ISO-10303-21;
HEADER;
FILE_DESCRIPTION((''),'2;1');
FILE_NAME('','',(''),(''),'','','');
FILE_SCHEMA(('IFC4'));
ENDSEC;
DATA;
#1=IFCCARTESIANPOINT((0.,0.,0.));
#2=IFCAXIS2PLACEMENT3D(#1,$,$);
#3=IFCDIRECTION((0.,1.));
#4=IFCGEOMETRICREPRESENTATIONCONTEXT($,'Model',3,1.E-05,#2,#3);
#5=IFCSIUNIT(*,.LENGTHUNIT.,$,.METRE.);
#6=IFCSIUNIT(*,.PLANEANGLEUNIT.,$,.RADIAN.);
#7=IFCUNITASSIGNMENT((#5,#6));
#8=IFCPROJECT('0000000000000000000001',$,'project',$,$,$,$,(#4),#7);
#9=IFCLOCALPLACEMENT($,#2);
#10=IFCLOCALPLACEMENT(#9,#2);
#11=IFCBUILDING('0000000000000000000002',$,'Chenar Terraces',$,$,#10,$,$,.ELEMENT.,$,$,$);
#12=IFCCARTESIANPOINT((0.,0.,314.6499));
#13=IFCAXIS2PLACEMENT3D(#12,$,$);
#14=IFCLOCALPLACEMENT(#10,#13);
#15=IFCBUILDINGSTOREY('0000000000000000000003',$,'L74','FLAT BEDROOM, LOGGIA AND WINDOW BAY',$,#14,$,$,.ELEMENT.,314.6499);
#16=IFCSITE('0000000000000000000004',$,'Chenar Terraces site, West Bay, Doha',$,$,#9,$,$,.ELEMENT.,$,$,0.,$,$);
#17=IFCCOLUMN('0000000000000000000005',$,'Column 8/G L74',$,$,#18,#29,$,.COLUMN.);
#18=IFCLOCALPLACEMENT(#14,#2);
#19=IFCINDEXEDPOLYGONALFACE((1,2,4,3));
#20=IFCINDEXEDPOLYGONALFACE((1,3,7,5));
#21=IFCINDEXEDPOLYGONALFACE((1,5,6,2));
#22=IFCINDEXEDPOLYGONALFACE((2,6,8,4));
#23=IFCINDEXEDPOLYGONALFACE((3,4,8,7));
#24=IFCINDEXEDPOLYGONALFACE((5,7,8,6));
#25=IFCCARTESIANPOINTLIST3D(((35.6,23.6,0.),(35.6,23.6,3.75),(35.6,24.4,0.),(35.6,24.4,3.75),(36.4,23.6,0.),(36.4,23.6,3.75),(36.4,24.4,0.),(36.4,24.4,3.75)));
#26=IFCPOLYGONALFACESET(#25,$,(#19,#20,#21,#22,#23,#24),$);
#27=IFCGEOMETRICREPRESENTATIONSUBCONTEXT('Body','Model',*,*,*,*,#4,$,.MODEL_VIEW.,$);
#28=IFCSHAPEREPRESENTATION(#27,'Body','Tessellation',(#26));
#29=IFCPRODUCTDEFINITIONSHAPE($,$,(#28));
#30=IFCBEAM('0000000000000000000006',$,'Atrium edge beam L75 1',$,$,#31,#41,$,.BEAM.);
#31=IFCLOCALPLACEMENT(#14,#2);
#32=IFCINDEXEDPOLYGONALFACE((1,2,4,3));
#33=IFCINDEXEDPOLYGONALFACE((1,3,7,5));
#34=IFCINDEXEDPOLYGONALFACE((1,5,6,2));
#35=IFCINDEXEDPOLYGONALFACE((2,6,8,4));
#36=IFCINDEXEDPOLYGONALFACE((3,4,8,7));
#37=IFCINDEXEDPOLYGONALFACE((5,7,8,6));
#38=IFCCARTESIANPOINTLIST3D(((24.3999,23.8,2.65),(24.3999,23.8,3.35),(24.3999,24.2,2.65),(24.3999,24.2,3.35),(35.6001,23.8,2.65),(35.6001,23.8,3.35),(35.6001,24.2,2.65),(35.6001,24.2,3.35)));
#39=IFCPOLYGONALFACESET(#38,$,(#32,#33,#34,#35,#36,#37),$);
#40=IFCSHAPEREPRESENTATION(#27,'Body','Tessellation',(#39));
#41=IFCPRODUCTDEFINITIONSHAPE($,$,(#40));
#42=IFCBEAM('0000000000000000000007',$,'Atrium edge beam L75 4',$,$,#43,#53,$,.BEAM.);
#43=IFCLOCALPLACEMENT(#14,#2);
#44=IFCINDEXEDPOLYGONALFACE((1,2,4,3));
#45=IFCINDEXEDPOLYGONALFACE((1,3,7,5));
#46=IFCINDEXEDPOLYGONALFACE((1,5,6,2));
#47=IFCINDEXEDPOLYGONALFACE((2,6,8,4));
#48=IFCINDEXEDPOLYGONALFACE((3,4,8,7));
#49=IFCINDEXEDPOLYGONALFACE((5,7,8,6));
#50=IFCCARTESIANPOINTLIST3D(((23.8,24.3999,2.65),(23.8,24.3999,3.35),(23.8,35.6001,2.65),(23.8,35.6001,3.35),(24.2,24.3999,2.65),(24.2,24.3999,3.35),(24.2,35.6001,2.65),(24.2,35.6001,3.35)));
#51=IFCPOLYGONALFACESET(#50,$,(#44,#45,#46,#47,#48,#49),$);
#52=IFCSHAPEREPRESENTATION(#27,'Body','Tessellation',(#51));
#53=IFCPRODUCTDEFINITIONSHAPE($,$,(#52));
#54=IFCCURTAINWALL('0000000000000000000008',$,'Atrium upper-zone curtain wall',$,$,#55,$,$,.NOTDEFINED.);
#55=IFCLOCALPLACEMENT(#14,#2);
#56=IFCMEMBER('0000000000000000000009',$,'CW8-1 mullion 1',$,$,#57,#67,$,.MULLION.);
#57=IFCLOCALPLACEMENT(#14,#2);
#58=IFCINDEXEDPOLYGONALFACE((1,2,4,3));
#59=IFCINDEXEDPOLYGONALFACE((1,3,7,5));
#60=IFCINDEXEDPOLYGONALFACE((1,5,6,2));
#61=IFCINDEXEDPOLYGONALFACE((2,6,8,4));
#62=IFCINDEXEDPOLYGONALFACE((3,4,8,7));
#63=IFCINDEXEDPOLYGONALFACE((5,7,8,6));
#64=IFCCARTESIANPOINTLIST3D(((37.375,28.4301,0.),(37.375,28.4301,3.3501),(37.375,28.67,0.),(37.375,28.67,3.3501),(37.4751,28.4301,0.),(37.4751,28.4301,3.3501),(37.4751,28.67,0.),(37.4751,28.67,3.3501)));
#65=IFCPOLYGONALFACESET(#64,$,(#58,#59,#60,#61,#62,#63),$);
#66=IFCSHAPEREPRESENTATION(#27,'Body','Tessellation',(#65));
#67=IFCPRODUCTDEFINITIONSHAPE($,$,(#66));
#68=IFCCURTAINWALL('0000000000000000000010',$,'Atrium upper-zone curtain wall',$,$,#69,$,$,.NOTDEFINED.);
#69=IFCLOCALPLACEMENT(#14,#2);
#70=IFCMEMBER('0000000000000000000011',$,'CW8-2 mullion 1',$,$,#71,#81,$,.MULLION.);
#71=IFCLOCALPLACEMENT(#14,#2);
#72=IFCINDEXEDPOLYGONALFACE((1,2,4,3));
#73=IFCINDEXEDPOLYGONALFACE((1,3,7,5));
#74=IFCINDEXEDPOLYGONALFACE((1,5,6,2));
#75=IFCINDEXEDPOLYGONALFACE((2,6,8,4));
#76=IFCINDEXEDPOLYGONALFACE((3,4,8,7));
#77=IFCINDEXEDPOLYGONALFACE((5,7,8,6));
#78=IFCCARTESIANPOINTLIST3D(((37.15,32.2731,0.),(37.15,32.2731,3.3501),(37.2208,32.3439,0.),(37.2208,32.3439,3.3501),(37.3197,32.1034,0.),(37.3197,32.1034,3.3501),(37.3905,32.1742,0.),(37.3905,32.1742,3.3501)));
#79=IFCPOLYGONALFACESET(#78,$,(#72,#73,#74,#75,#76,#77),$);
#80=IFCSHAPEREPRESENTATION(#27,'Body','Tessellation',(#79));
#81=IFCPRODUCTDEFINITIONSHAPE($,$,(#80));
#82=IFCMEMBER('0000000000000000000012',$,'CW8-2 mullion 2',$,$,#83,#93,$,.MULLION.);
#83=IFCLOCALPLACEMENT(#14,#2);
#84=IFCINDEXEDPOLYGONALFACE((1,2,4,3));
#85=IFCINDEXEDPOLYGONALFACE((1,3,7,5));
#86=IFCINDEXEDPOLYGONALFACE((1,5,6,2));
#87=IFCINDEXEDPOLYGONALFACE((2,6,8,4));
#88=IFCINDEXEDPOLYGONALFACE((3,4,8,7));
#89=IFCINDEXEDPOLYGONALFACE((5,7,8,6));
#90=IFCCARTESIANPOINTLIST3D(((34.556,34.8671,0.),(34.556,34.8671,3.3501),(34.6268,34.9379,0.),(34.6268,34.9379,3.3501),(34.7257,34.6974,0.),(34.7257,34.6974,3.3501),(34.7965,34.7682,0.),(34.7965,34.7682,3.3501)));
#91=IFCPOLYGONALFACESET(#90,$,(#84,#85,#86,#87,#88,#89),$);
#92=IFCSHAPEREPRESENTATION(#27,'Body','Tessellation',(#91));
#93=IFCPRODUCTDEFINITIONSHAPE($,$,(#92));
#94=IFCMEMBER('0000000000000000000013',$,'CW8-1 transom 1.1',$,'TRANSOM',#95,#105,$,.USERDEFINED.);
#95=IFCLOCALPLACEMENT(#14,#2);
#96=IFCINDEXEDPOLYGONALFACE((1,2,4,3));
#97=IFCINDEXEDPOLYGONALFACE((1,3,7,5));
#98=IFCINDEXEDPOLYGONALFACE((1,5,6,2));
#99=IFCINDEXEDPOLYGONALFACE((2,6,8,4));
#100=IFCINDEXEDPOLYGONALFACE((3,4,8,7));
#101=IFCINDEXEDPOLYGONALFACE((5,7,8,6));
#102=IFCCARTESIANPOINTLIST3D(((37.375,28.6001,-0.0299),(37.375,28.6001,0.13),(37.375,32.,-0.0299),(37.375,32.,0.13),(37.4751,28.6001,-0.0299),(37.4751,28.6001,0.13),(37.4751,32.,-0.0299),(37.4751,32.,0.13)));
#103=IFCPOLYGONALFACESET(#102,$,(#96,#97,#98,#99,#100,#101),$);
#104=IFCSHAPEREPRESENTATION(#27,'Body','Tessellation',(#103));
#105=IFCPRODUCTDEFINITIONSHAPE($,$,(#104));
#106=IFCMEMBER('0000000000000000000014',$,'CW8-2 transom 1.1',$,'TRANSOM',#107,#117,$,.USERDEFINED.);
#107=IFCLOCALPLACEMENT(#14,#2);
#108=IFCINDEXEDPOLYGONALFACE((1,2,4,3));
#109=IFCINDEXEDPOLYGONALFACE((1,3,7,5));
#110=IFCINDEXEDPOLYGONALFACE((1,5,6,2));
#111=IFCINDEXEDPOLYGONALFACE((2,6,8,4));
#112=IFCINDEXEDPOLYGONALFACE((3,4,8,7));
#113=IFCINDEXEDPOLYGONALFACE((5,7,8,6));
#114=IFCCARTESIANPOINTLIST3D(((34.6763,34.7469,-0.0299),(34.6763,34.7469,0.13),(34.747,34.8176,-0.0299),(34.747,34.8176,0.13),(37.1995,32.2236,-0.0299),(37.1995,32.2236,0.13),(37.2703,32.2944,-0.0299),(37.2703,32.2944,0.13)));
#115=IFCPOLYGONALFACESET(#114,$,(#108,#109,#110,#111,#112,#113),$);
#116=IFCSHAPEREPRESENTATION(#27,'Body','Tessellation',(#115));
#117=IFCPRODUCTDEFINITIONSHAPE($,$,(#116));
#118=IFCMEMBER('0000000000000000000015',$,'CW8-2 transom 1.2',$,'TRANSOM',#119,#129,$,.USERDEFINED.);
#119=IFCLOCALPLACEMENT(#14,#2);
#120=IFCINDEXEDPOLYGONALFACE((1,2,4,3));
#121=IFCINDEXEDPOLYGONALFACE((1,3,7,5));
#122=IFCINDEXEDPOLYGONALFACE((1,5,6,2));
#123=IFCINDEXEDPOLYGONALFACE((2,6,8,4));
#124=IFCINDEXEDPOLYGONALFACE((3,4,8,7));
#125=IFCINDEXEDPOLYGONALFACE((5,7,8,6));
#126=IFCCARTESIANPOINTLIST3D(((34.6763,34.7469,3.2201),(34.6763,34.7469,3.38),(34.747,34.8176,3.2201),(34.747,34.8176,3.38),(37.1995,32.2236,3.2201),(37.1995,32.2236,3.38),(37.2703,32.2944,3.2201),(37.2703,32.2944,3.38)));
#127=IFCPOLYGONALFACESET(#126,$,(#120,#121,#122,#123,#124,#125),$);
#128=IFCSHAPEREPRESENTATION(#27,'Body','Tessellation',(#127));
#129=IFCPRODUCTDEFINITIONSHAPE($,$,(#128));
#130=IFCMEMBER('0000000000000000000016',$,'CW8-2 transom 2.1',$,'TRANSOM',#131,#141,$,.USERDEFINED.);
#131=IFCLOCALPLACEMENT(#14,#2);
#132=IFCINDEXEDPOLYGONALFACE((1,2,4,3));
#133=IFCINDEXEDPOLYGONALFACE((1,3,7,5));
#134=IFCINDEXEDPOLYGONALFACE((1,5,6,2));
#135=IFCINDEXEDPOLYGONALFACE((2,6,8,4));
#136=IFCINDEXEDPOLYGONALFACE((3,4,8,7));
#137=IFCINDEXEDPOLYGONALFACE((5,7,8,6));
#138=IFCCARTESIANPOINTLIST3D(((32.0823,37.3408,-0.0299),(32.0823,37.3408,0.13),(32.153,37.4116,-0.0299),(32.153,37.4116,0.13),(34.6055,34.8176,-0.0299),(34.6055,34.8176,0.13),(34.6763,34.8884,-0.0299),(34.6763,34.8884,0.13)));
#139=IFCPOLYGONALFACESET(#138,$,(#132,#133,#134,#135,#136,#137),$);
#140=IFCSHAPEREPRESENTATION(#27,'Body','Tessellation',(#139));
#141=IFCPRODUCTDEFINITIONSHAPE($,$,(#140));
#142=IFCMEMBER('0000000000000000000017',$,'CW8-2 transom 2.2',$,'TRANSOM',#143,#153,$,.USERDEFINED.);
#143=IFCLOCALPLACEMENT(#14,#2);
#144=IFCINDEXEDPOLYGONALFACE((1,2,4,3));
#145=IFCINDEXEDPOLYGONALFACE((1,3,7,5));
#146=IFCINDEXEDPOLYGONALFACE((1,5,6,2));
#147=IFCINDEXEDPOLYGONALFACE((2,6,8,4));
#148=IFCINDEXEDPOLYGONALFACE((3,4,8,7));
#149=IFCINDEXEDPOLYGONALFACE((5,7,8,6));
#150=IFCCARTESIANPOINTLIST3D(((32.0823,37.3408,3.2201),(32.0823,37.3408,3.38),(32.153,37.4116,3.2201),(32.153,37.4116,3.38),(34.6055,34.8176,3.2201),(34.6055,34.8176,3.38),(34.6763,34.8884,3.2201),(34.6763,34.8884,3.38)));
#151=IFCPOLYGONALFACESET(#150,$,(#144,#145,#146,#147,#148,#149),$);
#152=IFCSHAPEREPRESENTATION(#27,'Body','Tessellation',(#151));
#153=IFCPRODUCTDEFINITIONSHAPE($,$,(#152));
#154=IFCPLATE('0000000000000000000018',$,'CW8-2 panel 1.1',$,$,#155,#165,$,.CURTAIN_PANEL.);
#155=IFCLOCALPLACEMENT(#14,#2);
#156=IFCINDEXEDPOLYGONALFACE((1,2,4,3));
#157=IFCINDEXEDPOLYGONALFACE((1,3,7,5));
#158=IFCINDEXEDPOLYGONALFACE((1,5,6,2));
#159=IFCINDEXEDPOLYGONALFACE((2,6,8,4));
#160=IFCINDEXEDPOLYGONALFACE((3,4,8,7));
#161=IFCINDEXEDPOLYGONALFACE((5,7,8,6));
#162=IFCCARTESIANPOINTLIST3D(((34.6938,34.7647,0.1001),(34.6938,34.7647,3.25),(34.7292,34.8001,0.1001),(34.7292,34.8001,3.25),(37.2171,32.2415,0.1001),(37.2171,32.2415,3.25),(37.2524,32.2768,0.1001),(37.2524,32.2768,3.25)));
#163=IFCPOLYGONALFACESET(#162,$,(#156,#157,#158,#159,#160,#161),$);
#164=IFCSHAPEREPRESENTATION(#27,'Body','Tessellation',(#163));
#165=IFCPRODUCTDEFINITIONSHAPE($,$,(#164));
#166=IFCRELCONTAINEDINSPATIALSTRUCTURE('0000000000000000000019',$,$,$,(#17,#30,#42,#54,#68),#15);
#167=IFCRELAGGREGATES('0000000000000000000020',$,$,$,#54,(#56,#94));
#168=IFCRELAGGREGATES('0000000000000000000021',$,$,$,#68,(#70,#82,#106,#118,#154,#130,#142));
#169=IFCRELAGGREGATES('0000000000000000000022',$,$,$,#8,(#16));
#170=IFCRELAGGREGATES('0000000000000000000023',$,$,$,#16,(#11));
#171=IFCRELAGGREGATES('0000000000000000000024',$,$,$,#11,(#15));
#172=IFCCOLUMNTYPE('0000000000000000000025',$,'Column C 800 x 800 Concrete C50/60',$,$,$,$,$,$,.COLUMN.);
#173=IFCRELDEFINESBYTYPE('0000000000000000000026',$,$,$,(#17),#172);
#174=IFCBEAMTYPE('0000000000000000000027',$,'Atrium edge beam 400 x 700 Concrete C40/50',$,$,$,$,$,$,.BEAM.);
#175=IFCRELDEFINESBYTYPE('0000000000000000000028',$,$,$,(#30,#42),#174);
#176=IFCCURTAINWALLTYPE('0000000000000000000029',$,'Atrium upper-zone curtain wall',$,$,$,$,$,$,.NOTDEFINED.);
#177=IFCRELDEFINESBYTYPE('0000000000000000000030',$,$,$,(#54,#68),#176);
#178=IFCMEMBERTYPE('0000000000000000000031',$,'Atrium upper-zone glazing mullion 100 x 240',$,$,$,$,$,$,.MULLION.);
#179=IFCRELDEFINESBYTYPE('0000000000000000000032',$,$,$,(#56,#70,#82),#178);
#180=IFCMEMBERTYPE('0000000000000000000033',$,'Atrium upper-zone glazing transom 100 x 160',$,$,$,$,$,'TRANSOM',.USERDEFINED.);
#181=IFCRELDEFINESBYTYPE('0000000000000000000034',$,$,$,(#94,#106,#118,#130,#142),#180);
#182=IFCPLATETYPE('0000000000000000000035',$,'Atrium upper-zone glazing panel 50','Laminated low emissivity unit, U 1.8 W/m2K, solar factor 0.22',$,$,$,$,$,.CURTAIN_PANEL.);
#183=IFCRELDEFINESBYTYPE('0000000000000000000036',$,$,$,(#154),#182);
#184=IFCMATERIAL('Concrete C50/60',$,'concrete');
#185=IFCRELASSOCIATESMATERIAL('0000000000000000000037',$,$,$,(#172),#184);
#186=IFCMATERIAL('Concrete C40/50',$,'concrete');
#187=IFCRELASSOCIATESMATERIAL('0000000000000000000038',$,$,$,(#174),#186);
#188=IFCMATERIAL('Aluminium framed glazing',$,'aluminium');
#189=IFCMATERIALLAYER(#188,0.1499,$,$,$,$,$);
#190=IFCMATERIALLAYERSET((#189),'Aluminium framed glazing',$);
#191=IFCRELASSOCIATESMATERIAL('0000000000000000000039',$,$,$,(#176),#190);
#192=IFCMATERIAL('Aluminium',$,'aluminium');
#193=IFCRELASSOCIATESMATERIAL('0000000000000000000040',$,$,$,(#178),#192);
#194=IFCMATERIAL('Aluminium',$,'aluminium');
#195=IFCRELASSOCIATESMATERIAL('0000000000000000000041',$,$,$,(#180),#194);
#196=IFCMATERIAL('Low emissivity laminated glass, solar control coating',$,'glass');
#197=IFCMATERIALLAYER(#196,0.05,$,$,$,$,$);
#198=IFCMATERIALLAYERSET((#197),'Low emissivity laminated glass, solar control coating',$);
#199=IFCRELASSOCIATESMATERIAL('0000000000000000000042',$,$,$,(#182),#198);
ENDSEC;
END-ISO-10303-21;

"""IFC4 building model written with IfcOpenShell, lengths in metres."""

from ifc_helpers import new_model, si_unit, direction, frame, origin, origin_2d, place, context, subcontext, project, spatial, rectangle, extrude, material, layer, layer_set, material_profile, profile_set, type_object, element, aggregate, save


model = new_model("IFC4")

# Units and contexts
model_context = context("Model", 3, precision=1e-05, world=origin(), true_north=direction((0.0, 1.0)))
body_context = subcontext(model_context, "Body", "Model", "MODEL_VIEW")
ifc_project = project(units=[si_unit("LENGTHUNIT", "METRE"), si_unit("PLANEANGLEUNIT", "RADIAN")], contexts=[model_context])

# Site, building, storey
site_placement = place(None, origin())
site = spatial("IfcSite", under=ifc_project, at=site_placement, Name="Chenar Terraces site, West Bay, Doha", CompositionType="ELEMENT", RefElevation=0.0)
building_placement = place(site_placement, origin())
building = spatial("IfcBuilding", under=site, at=building_placement, Name="Chenar Terraces", CompositionType="ELEMENT")
storey_placement = place(building_placement, frame((0.0, 0.0, 314.6499)))
storey = spatial("IfcBuildingStorey", under=building, at=storey_placement, Name="L74", Description="FLAT BEDROOM, LOGGIA AND WINDOW BAY", CompositionType="ELEMENT", Elevation=314.6499)

# Column
ifc_material_1 = material(Name="Concrete C50/60", Category="concrete")
ifc_material_profile_1 = material_profile(ifc_material_1, rectangle(XDim=0.8, YDim=0.8, at=origin_2d()), Name="C 800 x 800")
ifc_profile_set_1 = profile_set([ifc_material_profile_1], Name="Concrete C50/60")
column_type = type_object("IfcColumnType", Name="Column C 800 x 800 Concrete C50/60", PredefinedType="COLUMN", material=ifc_profile_set_1)
column_placement = place(storey_placement, frame((36.0, 24.0, 0.0), z_axis=(0.0, 0.0, 1.0), x_axis=(1.0, 0.0, 0.0)))
element("IfcColumn", 1, at=column_placement, inside=storey, type_object=column_type, Name="Column 8/G L74", PredefinedType="COLUMN", context=body_context, shape_type="SweptSolid", body=[
    extrude(rectangle(XDim=0.8, YDim=0.8, at=origin_2d()), origin(), (0.0, 0.0, 1.0), 3.75),
])

# Beams
ifc_material_2 = material(Name="Concrete C40/50", Category="concrete")
ifc_material_profile_2 = material_profile(ifc_material_2, rectangle(XDim=0.3999, YDim=0.7, at=origin_2d()), Name="RC 400 x 700")
ifc_profile_set_2 = profile_set([ifc_material_profile_2], Name="Concrete C40/50")
beam_type = type_object("IfcBeamType", Name="Atrium edge beam 400 x 700 Concrete C40/50", PredefinedType="BEAM", material=ifc_profile_set_2)
for number, where, z_axis, x_axis, name in (
    (2, (24.3999, 24.0, 3.0), (1.0, 0.0, 0.0), (0.0, 1.0, 0.0), "Atrium edge beam L75 1"),
    (3, (24.0, 35.6001, 3.0), (0.0, -1.0, 0.0), (1.0, 0.0, 0.0), "Atrium edge beam L75 4"),
):
    element("IfcBeam", number, at=place(storey_placement, frame(where, z_axis=z_axis, x_axis=x_axis)), inside=storey, type_object=beam_type, Name=name, PredefinedType="BEAM", context=body_context, shape_type="SweptSolid", body=[
        extrude(rectangle(XDim=0.3999, YDim=0.7, at=origin_2d()), origin(), (0.0, 0.0, 1.0), 11.2002),
    ])

# Curtain wall, member
ifc_material_3 = material(Name="Aluminium framed glazing", Category="aluminium")
ifc_layer_1 = layer(ifc_material_3, 0.1499)
ifc_layer_set_1 = layer_set([ifc_layer_1], Name="Aluminium framed glazing")
curtain_wall_type = type_object("IfcCurtainWallType", Name="Atrium upper-zone curtain wall", PredefinedType="NOTDEFINED", material=ifc_layer_set_1)
placement = place(storey_placement, origin())
curtain_wall_1 = element("IfcCurtainWall", 4, at=placement, inside=storey, type_object=curtain_wall_type, Name="Atrium upper-zone curtain wall", PredefinedType="NOTDEFINED")
ifc_material_4 = material(Name="Aluminium", Category="aluminium")
ifc_material_profile_3 = material_profile(ifc_material_4, rectangle(XDim=0.1001, YDim=0.24, at=origin_2d()), Name="Atrium upper-zone glazing mullion 100 x 240")
ifc_profile_set_3 = profile_set([ifc_material_profile_3], Name="Aluminium")
member_type_1 = type_object("IfcMemberType", Name="Atrium upper-zone glazing mullion 100 x 240", PredefinedType="MULLION", material=ifc_profile_set_3)
member_1_placement = place(storey_placement, frame((37.425, 28.55, 0.0), z_axis=(0.0, 0.0, 1.0), x_axis=(-1.0, 0.0, 0.0)))
member_1 = element("IfcMember", 5, at=member_1_placement, type_object=member_type_1, Name="CW8-1 mullion 1", PredefinedType="MULLION", context=body_context, shape_type="SweptSolid", body=[
    extrude(rectangle(XDim=0.1001, YDim=0.24, at=origin_2d()), origin(), (0.0, 0.0, 1.0), 3.3501),
])

# Curtain wall, members
curtain_wall_2 = element("IfcCurtainWall", 6, at=placement, inside=storey, type_object=curtain_wall_type, Name="Atrium upper-zone curtain wall", PredefinedType="NOTDEFINED")
member_2_placement = place(storey_placement, frame((37.2703, 32.2236, 0.0), z_axis=(0.0, 0.0, 1.0), x_axis=(-0.707107, -0.707107, 0.0)))
member_2 = element("IfcMember", 7, at=member_2_placement, type_object=member_type_1, Name="CW8-2 mullion 1", PredefinedType="MULLION", context=body_context, shape_type="SweptSolid", body=[
    extrude(rectangle(XDim=0.1001, YDim=0.24, at=origin_2d()), origin(), (0.0, 0.0, 1.0), 3.3501),
])
member_3_placement = place(storey_placement, frame((34.6763, 34.8176, 0.0), z_axis=(0.0, 0.0, 1.0), x_axis=(-0.707107, -0.707107, 0.0)))
member_3 = element("IfcMember", 8, at=member_3_placement, type_object=member_type_1, Name="CW8-2 mullion 2", PredefinedType="MULLION", context=body_context, shape_type="SweptSolid", body=[
    extrude(rectangle(XDim=0.1001, YDim=0.24, at=origin_2d()), origin(), (0.0, 0.0, 1.0), 3.3501),
])

# Members
ifc_material_5 = material(Name="Aluminium", Category="aluminium")
ifc_material_profile_4 = material_profile(ifc_material_5, rectangle(XDim=0.1001, YDim=0.1599, at=origin_2d()), Name="Atrium upper-zone glazing transom 100 x 160")
ifc_profile_set_4 = profile_set([ifc_material_profile_4], Name="Aluminium")
member_type_2 = type_object("IfcMemberType", Name="Atrium upper-zone glazing transom 100 x 160", ElementType="TRANSOM", PredefinedType="USERDEFINED", material=ifc_profile_set_4)
member_4_placement = place(storey_placement, frame((37.425, 28.6001, 0.05), z_axis=(0.0, 1.0, 0.0), x_axis=(-1.0, 0.0, 0.0)))
member_4 = element("IfcMember", 9, at=member_4_placement, type_object=member_type_2, Name="CW8-1 transom 1.1", ObjectType="TRANSOM", PredefinedType="USERDEFINED", context=body_context, shape_type="SweptSolid", body=[
    extrude(rectangle(XDim=0.1001, YDim=0.1599, at=origin_2d()), origin(), (0.0, 0.0, 1.0), 3.3999),
])
aggregate(curtain_wall_1, [member_1, member_4])
member_5_placement = place(storey_placement, frame((37.2349, 32.259, 0.05), z_axis=(-0.707107, 0.707107, 0.0), x_axis=(-0.707107, -0.707107, 0.0)))
member_5 = element("IfcMember", 10, at=member_5_placement, type_object=member_type_2, Name="CW8-2 transom 1.1", ObjectType="TRANSOM", PredefinedType="USERDEFINED", context=body_context, shape_type="SweptSolid", body=[
    extrude(rectangle(XDim=0.1001, YDim=0.1599, at=origin_2d()), origin(), (0.0, 0.0, 1.0), 3.5684),
])
member_6_placement = place(storey_placement, frame((37.2349, 32.259, 3.3), z_axis=(-0.707107, 0.707107, 0.0), x_axis=(-0.707107, -0.707107, 0.0)))
member_6 = element("IfcMember", 11, at=member_6_placement, type_object=member_type_2, Name="CW8-2 transom 1.2", ObjectType="TRANSOM", PredefinedType="USERDEFINED", context=body_context, shape_type="SweptSolid", body=[
    extrude(rectangle(XDim=0.1001, YDim=0.1599, at=origin_2d()), origin(), (0.0, 0.0, 1.0), 3.5684),
])
member_7_placement = place(storey_placement, frame((34.6409, 34.853, 0.05), z_axis=(-0.707107, 0.707107, 0.0), x_axis=(-0.707107, -0.707107, 0.0)))
member_7 = element("IfcMember", 12, at=member_7_placement, type_object=member_type_2, Name="CW8-2 transom 2.1", ObjectType="TRANSOM", PredefinedType="USERDEFINED", context=body_context, shape_type="SweptSolid", body=[
    extrude(rectangle(XDim=0.1001, YDim=0.1599, at=origin_2d()), origin(), (0.0, 0.0, 1.0), 3.5684),
])
member_8_placement = place(storey_placement, frame((34.6409, 34.853, 3.3), z_axis=(-0.707107, 0.707107, 0.0), x_axis=(-0.707107, -0.707107, 0.0)))
member_8 = element("IfcMember", 13, at=member_8_placement, type_object=member_type_2, Name="CW8-2 transom 2.2", ObjectType="TRANSOM", PredefinedType="USERDEFINED", context=body_context, shape_type="SweptSolid", body=[
    extrude(rectangle(XDim=0.1001, YDim=0.1599, at=origin_2d()), origin(), (0.0, 0.0, 1.0), 3.5684),
])

# Plate
ifc_material_6 = material(Name="Low emissivity laminated glass, solar control coating", Category="glass")
ifc_layer_2 = layer(ifc_material_6, 0.05)
ifc_layer_set_2 = layer_set([ifc_layer_2], Name="Low emissivity laminated glass, solar control coating")
plate_type = type_object("IfcPlateType", Name="Atrium upper-zone glazing panel 50", Description="Laminated low emissivity unit, U 1.8 W/m2K, solar factor 0.22", PredefinedType="CURTAIN_PANEL", material=ifc_layer_set_2)
plate_placement = place(storey_placement, frame((35.9731, 33.5208, 0.1001), z_axis=(0.0, 0.0, 1.0), x_axis=(-0.707107, 0.707107, 0.0)))
plate = element("IfcPlate", 14, at=plate_placement, type_object=plate_type, Name="CW8-2 panel 1.1", PredefinedType="CURTAIN_PANEL", context=body_context, shape_type="SweptSolid", body=[
    extrude(rectangle(XDim=3.5684, YDim=0.05, at=origin_2d()), origin(), (0.0, 0.0, 1.0), 3.1499),
])
aggregate(curtain_wall_2, [member_2, member_3, member_5, member_6, plate, member_7, member_8])

save(model, "model.ifc")
